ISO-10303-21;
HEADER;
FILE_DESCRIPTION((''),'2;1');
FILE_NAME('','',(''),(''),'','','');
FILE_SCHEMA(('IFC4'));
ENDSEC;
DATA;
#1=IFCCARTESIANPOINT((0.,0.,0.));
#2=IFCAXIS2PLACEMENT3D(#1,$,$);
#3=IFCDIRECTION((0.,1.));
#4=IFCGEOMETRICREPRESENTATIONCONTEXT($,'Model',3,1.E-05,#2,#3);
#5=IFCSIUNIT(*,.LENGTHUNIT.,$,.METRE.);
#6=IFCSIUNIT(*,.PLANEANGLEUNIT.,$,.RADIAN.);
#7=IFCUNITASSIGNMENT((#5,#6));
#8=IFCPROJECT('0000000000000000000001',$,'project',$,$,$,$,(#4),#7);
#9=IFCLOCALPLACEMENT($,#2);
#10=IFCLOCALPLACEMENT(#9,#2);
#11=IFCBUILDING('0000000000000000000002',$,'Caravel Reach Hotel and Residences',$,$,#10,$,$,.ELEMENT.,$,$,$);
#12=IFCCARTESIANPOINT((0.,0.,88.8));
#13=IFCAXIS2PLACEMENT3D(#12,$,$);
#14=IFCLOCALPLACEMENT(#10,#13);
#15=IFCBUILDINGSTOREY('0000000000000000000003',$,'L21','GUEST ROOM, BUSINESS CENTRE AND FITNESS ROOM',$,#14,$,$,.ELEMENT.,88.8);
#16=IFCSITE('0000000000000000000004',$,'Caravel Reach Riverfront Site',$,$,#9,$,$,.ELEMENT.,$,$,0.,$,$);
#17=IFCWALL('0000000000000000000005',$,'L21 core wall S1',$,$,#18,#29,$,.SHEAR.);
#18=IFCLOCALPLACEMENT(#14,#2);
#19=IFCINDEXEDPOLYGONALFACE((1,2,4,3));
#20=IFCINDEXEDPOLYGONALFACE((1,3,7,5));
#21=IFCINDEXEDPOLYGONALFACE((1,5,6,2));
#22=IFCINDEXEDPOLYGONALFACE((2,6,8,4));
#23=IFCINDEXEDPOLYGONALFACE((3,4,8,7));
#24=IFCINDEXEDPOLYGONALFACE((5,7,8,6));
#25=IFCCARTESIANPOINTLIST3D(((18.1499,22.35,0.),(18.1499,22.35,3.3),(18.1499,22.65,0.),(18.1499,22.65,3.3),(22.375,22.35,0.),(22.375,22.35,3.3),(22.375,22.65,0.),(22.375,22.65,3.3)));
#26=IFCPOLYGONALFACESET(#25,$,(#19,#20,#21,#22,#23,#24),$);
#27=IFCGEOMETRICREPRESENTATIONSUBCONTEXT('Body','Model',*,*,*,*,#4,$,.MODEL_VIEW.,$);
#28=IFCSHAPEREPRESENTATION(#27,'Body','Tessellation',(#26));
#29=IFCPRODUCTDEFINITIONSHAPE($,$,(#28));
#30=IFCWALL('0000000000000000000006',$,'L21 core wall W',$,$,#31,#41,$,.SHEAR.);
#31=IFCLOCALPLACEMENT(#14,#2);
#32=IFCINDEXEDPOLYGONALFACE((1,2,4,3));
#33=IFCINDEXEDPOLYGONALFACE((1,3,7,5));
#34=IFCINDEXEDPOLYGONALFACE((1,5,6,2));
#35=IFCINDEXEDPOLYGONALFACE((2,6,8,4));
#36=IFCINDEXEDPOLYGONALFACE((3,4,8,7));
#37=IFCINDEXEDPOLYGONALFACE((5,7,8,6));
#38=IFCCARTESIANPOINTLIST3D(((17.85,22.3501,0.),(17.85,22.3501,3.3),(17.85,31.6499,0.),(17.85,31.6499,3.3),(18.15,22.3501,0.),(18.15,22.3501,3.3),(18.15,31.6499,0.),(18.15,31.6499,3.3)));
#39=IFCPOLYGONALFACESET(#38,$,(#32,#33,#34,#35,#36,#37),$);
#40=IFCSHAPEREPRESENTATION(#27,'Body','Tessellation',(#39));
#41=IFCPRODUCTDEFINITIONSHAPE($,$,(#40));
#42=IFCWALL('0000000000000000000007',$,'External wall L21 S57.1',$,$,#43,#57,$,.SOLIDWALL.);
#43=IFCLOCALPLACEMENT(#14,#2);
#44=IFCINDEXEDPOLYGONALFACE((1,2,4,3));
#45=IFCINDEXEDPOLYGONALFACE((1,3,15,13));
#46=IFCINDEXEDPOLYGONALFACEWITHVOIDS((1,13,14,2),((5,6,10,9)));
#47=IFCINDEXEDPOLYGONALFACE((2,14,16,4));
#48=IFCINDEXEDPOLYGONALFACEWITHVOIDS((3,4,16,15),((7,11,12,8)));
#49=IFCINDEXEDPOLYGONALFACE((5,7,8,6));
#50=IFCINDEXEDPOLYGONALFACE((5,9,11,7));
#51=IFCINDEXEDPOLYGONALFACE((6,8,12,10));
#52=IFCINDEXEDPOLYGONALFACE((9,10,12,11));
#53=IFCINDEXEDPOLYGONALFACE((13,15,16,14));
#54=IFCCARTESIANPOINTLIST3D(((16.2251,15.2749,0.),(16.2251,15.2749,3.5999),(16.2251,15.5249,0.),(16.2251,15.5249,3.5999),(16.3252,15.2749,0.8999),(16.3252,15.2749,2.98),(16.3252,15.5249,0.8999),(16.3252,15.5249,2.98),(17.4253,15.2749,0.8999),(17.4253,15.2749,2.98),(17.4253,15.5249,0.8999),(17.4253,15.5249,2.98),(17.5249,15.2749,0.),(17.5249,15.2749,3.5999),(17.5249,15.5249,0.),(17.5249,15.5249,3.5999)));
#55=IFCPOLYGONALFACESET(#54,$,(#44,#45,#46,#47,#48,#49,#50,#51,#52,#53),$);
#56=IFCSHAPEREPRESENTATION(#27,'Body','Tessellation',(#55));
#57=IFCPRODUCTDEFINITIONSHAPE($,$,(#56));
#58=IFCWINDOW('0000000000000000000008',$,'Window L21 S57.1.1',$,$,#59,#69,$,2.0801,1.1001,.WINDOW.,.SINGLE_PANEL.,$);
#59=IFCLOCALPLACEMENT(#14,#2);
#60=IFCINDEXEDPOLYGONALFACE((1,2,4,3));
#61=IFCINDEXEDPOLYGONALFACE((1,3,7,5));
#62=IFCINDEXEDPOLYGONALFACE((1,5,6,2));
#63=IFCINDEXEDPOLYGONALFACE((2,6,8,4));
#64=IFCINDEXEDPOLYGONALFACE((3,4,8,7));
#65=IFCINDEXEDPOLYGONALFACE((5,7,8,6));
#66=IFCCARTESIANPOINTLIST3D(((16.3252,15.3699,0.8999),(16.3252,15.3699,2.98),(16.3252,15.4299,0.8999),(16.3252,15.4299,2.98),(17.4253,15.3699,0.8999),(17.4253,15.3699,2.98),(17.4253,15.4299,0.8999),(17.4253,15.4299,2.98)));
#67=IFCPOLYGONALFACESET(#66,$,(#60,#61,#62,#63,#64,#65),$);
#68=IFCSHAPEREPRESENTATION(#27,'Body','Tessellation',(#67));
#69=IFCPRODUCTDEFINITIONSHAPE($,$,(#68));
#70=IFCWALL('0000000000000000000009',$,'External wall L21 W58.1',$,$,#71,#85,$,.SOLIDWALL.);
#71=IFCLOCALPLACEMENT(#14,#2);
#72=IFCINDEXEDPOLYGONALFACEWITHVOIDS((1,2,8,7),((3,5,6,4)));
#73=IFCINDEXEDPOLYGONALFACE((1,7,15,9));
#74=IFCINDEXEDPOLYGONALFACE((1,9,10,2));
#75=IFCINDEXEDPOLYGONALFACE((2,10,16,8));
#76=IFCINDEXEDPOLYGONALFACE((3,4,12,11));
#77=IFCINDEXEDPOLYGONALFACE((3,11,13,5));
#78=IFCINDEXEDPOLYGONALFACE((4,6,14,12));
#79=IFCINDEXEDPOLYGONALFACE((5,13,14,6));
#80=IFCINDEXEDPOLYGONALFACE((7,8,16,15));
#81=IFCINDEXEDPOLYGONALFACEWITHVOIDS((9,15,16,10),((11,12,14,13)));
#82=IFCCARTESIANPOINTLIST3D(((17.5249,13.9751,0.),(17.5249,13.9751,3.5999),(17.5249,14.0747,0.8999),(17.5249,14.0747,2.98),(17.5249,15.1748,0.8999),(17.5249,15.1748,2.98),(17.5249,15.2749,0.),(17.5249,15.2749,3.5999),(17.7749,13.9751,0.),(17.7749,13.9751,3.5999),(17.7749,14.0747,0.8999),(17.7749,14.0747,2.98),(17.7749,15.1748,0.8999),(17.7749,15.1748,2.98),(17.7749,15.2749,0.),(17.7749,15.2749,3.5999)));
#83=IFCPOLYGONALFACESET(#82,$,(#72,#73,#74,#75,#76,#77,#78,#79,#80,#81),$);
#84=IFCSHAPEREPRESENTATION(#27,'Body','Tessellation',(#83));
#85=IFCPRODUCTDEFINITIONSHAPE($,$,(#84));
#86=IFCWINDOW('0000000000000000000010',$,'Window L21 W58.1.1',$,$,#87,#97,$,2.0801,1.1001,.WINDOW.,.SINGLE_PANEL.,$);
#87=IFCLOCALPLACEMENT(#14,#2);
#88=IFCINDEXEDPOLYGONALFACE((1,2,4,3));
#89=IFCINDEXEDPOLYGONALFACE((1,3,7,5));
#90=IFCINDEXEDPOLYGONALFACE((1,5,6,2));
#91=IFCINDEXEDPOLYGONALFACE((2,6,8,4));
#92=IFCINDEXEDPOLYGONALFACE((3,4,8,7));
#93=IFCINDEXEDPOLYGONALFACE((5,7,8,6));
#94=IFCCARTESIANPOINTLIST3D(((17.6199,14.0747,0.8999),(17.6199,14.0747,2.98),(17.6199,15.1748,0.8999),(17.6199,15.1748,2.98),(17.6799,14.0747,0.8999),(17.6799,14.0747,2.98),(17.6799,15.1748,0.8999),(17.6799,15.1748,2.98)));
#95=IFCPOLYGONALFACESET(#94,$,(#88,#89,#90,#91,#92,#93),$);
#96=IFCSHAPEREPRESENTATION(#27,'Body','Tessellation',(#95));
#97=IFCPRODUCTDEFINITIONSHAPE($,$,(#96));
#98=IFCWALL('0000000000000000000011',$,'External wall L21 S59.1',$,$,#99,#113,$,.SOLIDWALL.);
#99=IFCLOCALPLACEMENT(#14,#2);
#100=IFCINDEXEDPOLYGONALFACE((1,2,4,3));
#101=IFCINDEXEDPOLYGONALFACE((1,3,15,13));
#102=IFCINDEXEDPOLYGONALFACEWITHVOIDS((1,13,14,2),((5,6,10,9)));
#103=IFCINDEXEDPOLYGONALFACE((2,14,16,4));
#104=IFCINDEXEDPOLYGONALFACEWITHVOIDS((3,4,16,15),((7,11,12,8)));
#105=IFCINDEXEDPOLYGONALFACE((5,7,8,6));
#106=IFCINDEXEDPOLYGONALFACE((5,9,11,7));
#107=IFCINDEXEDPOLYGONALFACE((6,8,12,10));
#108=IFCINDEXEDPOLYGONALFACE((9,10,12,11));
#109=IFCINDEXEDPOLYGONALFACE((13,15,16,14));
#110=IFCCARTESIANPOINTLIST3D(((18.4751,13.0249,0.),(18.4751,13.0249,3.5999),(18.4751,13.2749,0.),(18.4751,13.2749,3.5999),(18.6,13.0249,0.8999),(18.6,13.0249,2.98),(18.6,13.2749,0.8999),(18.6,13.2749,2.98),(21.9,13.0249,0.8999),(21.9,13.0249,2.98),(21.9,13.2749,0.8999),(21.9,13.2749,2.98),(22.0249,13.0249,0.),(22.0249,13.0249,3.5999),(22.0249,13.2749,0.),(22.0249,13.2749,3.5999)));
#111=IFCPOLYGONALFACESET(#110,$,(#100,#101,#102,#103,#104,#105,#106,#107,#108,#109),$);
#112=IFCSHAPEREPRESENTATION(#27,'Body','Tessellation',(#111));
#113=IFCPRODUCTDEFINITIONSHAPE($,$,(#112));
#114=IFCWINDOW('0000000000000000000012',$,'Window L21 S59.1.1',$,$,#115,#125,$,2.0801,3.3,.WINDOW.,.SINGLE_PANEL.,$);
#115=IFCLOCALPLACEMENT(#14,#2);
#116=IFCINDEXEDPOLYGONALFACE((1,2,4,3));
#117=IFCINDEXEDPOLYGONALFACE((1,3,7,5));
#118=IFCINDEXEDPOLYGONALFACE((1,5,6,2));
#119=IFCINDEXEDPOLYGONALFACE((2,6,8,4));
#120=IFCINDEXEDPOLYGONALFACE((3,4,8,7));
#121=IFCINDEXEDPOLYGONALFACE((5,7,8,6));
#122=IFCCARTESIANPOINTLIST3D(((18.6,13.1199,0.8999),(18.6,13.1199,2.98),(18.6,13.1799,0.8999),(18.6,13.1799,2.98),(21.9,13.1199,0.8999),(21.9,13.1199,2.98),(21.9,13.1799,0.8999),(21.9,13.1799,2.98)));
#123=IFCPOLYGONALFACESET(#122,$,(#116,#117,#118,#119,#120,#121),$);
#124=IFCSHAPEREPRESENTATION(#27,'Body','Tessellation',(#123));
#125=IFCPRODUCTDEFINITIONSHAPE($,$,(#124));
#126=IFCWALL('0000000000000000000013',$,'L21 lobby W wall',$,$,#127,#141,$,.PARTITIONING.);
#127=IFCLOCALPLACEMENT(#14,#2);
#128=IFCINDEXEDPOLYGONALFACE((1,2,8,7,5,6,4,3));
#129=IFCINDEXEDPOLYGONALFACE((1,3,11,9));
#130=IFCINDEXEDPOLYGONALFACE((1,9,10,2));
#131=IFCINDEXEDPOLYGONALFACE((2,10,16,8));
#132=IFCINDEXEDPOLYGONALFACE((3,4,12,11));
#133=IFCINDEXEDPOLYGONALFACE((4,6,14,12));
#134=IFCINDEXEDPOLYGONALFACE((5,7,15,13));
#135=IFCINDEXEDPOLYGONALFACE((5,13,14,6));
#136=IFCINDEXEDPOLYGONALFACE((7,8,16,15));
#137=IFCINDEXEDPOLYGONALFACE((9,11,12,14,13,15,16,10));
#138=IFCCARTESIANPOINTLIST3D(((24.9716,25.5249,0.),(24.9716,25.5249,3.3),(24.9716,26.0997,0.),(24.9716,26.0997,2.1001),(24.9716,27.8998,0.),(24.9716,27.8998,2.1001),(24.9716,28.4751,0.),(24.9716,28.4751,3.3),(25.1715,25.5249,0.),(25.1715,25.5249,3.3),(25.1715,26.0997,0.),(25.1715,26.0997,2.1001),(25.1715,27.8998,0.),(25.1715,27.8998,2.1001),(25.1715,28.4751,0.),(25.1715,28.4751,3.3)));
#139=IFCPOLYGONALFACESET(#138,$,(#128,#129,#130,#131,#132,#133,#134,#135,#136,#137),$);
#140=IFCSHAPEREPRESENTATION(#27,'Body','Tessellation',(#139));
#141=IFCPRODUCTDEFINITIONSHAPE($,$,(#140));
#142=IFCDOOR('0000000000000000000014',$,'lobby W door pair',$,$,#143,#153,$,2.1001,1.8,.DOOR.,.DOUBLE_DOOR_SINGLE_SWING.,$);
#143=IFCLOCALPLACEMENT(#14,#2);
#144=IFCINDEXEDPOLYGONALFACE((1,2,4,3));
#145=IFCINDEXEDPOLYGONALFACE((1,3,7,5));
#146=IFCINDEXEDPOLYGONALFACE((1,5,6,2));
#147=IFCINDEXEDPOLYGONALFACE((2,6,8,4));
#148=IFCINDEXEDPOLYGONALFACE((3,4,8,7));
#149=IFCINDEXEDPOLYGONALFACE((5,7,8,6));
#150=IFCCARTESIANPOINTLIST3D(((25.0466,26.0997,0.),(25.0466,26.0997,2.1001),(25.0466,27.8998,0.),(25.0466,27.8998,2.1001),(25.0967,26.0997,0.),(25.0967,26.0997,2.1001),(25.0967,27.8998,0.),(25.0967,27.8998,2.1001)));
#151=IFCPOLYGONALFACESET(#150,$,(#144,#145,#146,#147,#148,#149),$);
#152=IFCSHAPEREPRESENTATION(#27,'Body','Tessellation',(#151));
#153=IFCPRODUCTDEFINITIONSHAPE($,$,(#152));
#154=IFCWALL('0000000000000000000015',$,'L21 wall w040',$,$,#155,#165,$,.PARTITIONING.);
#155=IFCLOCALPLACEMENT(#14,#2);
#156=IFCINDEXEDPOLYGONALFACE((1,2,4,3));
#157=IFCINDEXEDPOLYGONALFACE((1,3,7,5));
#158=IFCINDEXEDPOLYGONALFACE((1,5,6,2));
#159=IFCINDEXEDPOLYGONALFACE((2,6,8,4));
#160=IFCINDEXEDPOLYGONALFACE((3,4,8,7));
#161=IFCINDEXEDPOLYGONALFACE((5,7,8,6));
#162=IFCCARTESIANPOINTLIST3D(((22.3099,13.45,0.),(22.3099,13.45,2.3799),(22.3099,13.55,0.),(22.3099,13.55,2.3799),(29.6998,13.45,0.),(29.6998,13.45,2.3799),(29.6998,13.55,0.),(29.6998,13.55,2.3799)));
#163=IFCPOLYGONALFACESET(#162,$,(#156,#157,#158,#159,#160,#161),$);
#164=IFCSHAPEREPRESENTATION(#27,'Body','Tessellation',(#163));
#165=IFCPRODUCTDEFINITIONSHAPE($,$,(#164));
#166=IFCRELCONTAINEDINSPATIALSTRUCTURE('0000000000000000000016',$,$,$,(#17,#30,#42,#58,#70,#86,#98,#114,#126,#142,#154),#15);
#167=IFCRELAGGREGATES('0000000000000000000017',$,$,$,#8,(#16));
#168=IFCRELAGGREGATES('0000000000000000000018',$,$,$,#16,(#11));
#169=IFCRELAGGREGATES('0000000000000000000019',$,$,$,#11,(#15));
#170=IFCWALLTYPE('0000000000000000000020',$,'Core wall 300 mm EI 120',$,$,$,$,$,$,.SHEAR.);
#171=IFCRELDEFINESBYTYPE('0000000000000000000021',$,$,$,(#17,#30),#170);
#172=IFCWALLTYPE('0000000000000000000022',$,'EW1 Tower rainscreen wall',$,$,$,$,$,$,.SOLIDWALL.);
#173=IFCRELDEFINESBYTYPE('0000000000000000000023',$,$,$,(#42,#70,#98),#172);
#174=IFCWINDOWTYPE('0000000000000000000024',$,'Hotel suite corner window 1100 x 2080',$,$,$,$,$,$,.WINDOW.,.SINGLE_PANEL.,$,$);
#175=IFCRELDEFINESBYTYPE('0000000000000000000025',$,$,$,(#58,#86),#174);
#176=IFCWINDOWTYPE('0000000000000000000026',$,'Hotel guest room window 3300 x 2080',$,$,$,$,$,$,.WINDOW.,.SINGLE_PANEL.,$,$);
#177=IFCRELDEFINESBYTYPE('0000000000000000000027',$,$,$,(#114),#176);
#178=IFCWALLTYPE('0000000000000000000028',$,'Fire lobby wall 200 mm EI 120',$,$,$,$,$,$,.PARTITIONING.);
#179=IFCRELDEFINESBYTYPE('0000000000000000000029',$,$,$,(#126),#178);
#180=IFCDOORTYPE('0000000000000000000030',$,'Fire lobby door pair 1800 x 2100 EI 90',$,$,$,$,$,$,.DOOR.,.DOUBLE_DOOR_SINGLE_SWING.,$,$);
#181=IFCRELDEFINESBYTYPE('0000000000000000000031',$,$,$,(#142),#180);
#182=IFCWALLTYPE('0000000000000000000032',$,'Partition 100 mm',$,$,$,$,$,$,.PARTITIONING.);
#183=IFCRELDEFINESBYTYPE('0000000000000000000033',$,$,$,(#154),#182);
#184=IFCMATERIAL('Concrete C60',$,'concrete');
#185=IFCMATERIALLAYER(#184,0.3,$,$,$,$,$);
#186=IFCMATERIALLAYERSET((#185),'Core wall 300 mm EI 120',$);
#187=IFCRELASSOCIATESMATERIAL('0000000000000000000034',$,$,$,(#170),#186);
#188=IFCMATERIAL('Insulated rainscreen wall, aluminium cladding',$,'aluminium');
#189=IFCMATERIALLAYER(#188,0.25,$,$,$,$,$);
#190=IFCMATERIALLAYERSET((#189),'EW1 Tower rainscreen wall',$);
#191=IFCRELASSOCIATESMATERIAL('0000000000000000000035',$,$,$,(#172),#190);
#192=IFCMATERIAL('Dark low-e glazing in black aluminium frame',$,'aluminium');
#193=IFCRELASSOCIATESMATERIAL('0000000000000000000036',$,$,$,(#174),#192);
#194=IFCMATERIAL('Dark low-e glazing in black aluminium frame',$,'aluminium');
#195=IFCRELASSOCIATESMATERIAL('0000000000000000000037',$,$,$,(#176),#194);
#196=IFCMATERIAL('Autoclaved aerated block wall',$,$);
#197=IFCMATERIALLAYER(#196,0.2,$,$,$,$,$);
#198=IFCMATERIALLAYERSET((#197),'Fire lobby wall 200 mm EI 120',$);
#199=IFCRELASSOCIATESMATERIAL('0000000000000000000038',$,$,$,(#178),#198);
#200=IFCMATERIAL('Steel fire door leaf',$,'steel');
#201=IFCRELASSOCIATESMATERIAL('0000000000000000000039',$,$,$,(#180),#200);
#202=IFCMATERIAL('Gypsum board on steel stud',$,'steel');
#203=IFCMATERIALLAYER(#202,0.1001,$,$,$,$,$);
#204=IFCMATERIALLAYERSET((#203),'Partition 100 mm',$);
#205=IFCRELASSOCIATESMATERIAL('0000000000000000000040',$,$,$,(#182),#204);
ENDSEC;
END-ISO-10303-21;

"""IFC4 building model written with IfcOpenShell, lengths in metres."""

from ifc_helpers import new_model, si_unit, direction, frame, frame_2d, origin, place, context, subcontext, project, spatial, rectangle, extrude, material, layer, layer_set, type_object, element, fill, save


model = new_model("IFC4")

# Units and contexts
model_context = context("Model", 3, precision=1e-05, world=origin(), true_north=direction((0.0, 1.0)))
body_context = subcontext(model_context, "Body", "Model", "MODEL_VIEW")
ifc_project = project(units=[si_unit("LENGTHUNIT", "METRE"), si_unit("PLANEANGLEUNIT", "RADIAN")], contexts=[model_context])

# Site, building, storey
site_placement = place(None, origin())
site = spatial("IfcSite", under=ifc_project, at=site_placement, Name="Caravel Reach Riverfront Site", CompositionType="ELEMENT", RefElevation=0.0)
building_placement = place(site_placement, origin())
building = spatial("IfcBuilding", under=site, at=building_placement, Name="Caravel Reach Hotel and Residences", CompositionType="ELEMENT")
storey_placement = place(building_placement, frame((0.0, 0.0, 88.8)))
storey = spatial("IfcBuildingStorey", under=building, at=storey_placement, Name="L21", Description="GUEST ROOM, BUSINESS CENTRE AND FITNESS ROOM", CompositionType="ELEMENT", Elevation=88.8)

# Walls
ifc_material_1 = material(Name="Concrete C60", Category="concrete")
ifc_layer_1 = layer(ifc_material_1, 0.3)
ifc_layer_set_1 = layer_set([ifc_layer_1], Name="Core wall 300 mm EI 120")
wall_type_1 = type_object("IfcWallType", Name="Core wall 300 mm EI 120", PredefinedType="SHEAR", material=ifc_layer_set_1)
wall_1_placement = place(storey_placement, frame((18.1499, 22.5, 0.0), z_axis=(0.0, 0.0, 1.0), x_axis=(1.0, 0.0, 0.0)))
element("IfcWall", 1, at=wall_1_placement, inside=storey, type_object=wall_type_1, Name="L21 core wall S1", PredefinedType="SHEAR", context=body_context, shape_type="SweptSolid", body=[
    extrude(rectangle(XDim=4.2251, YDim=0.3, at=frame_2d((2.1125, 0.0))), origin(), (0.0, 0.0, 1.0), 3.3),
])
wall_2_placement = place(storey_placement, frame((18.0, 22.3501, 0.0), z_axis=(0.0, 0.0, 1.0), x_axis=(0.0, 1.0, 0.0)))
element("IfcWall", 2, at=wall_2_placement, inside=storey, type_object=wall_type_1, Name="L21 core wall W", PredefinedType="SHEAR", context=body_context, shape_type="SweptSolid", body=[
    extrude(rectangle(XDim=9.2998, YDim=0.3, at=frame_2d((4.6499, 0.0))), origin(), (0.0, 0.0, 1.0), 3.3),
])

# Walls, openings, windows
ifc_material_2 = material(Name="Insulated rainscreen wall, aluminium cladding", Category="aluminium")
ifc_layer_2 = layer(ifc_material_2, 0.25)
ifc_layer_set_2 = layer_set([ifc_layer_2], Name="EW1 Tower rainscreen wall")
wall_type_2 = type_object("IfcWallType", Name="EW1 Tower rainscreen wall", PredefinedType="SOLIDWALL", material=ifc_layer_set_2)
wall_3_placement = place(storey_placement, frame((16.2251, 15.3999, 0.0), z_axis=(0.0, 0.0, 1.0), x_axis=(1.0, 0.0, 0.0)))
wall_3 = element("IfcWall", 3, at=wall_3_placement, inside=storey, type_object=wall_type_2, Name="External wall L21 S57.1", PredefinedType="SOLIDWALL", context=body_context, shape_type="SweptSolid", body=[
    extrude(rectangle(XDim=1.2998, YDim=0.25, at=frame_2d((0.6499, 0.0))), origin(), (0.0, 0.0, 1.0), 3.5999),
])
opening_1_placement = place(wall_3_placement, frame((0.1001, 0.0, 0.8999)))
opening_1 = element("IfcOpeningElement", 4, at=opening_1_placement, cuts=wall_3, PredefinedType="OPENING", context=body_context, shape_type="SweptSolid", body=[
    extrude(rectangle(XDim=1.1001, YDim=2.0801, at=frame_2d((0.55, 1.04))), frame((0.0, 0.135, 0.0), z_axis=(0.0, -1.0, 0.0), x_axis=(1.0, 0.0, 0.0)), (0.0, 0.0, 1.0), 0.27),
])
ifc_material_3 = material(Name="Dark low-e glazing in black aluminium frame", Category="aluminium")
window_type_1 = type_object("IfcWindowType", Name="Hotel suite corner window 1100 x 2080", PartitioningType="SINGLE_PANEL", PredefinedType="WINDOW", material=ifc_material_3)
window_1_placement = place(opening_1_placement, origin())
window_1 = element("IfcWindow", 5, at=window_1_placement, inside=storey, type_object=window_type_1, Name="Window L21 S57.1.1", OverallHeight=2.0801, OverallWidth=1.1001, PartitioningType="SINGLE_PANEL", PredefinedType="WINDOW", context=body_context, shape_type="SweptSolid", body=[
    extrude(rectangle(XDim=1.1001, YDim=2.0801, at=frame_2d((0.55, 1.04))), frame((0.0, 0.03, 0.0), z_axis=(0.0, -1.0, 0.0), x_axis=(1.0, 0.0, 0.0)), (0.0, 0.0, 1.0), 0.0601),
])
fill(opening_1, window_1)
wall_4_placement = place(storey_placement, frame((17.6499, 15.2749, 0.0), z_axis=(0.0, 0.0, 1.0), x_axis=(0.0, -1.0, 0.0)))
wall_4 = element("IfcWall", 6, at=wall_4_placement, inside=storey, type_object=wall_type_2, Name="External wall L21 W58.1", PredefinedType="SOLIDWALL", context=body_context, shape_type="SweptSolid", body=[
    extrude(rectangle(XDim=1.2998, YDim=0.25, at=frame_2d((0.6499, 0.0))), origin(), (0.0, 0.0, 1.0), 3.5999),
])
opening_2_placement = place(wall_4_placement, frame((0.1001, 0.0, 0.8999)))
opening_2 = element("IfcOpeningElement", 7, at=opening_2_placement, cuts=wall_4, PredefinedType="OPENING", context=body_context, shape_type="SweptSolid", body=[
    extrude(rectangle(XDim=1.1001, YDim=2.0801, at=frame_2d((0.55, 1.04))), frame((0.0, 0.135, 0.0), z_axis=(0.0, -1.0, 0.0), x_axis=(1.0, 0.0, 0.0)), (0.0, 0.0, 1.0), 0.27),
])
window_2_placement = place(opening_2_placement, origin())
window_2 = element("IfcWindow", 8, at=window_2_placement, inside=storey, type_object=window_type_1, Name="Window L21 W58.1.1", OverallHeight=2.0801, OverallWidth=1.1001, PartitioningType="SINGLE_PANEL", PredefinedType="WINDOW", context=body_context, shape_type="SweptSolid", body=[
    extrude(rectangle(XDim=1.1001, YDim=2.0801, at=frame_2d((0.55, 1.04))), frame((0.0, 0.03, 0.0), z_axis=(0.0, -1.0, 0.0), x_axis=(1.0, 0.0, 0.0)), (0.0, 0.0, 1.0), 0.0601),
])
fill(opening_2, window_2)
wall_5_placement = place(storey_placement, frame((18.4751, 13.1499, 0.0), z_axis=(0.0, 0.0, 1.0), x_axis=(1.0, 0.0, 0.0)))
wall_5 = element("IfcWall", 9, at=wall_5_placement, inside=storey, type_object=wall_type_2, Name="External wall L21 S59.1", PredefinedType="SOLIDWALL", context=body_context, shape_type="SweptSolid", body=[
    extrude(rectangle(XDim=3.5498, YDim=0.25, at=frame_2d((1.7749, 0.0))), origin(), (0.0, 0.0, 1.0), 3.5999),
])
opening_3_placement = place(wall_5_placement, frame((0.125, 0.0, 0.8999)))
opening_3 = element("IfcOpeningElement", 10, at=opening_3_placement, cuts=wall_5, PredefinedType="OPENING", context=body_context, shape_type="SweptSolid", body=[
    extrude(rectangle(XDim=3.3, YDim=2.0801, at=frame_2d((1.6499, 1.04))), frame((0.0, 0.135, 0.0), z_axis=(0.0, -1.0, 0.0), x_axis=(1.0, 0.0, 0.0)), (0.0, 0.0, 1.0), 0.27),
])
ifc_material_4 = material(Name="Dark low-e glazing in black aluminium frame", Category="aluminium")
window_type_2 = type_object("IfcWindowType", Name="Hotel guest room window 3300 x 2080", PartitioningType="SINGLE_PANEL", PredefinedType="WINDOW", material=ifc_material_4)
window_3_placement = place(opening_3_placement, origin())
window_3 = element("IfcWindow", 11, at=window_3_placement, inside=storey, type_object=window_type_2, Name="Window L21 S59.1.1", OverallHeight=2.0801, OverallWidth=3.3, PartitioningType="SINGLE_PANEL", PredefinedType="WINDOW", context=body_context, shape_type="SweptSolid", body=[
    extrude(rectangle(XDim=3.3, YDim=2.0801, at=frame_2d((1.6499, 1.04))), frame((0.0, 0.03, 0.0), z_axis=(0.0, -1.0, 0.0), x_axis=(1.0, 0.0, 0.0)), (0.0, 0.0, 1.0), 0.0601),
])
fill(opening_3, window_3)

# Wall, opening, door
ifc_material_5 = material(Name="Autoclaved aerated block wall")
ifc_layer_3 = layer(ifc_material_5, 0.2)
ifc_layer_set_3 = layer_set([ifc_layer_3], Name="Fire lobby wall 200 mm EI 120")
wall_type_3 = type_object("IfcWallType", Name="Fire lobby wall 200 mm EI 120", PredefinedType="PARTITIONING", material=ifc_layer_set_3)
wall_6_placement = place(storey_placement, frame((25.0715, 25.5249, 0.0), z_axis=(0.0, 0.0, 1.0), x_axis=(0.0, 1.0, 0.0)))
wall_6 = element("IfcWall", 12, at=wall_6_placement, inside=storey, type_object=wall_type_3, Name="L21 lobby W wall", PredefinedType="PARTITIONING", context=body_context, shape_type="SweptSolid", body=[
    extrude(rectangle(XDim=2.9502, YDim=0.2, at=frame_2d((1.4751, 0.0))), origin(), (0.0, 0.0, 1.0), 3.3),
])
opening_4_placement = place(wall_6_placement, frame((0.575, 0.0, 0.0)))
opening_4 = element("IfcOpeningElement", 13, at=opening_4_placement, cuts=wall_6, PredefinedType="OPENING", context=body_context, shape_type="SweptSolid", body=[
    extrude(rectangle(XDim=1.8, YDim=2.1001, at=frame_2d((0.8999, 1.05))), frame((0.0, 0.1099, 0.0), z_axis=(0.0, -1.0, 0.0), x_axis=(1.0, 0.0, 0.0)), (0.0, 0.0, 1.0), 0.22),
])
ifc_material_6 = material(Name="Steel fire door leaf", Category="steel")
door_type_1 = type_object("IfcDoorType", Name="Fire lobby door pair 1800 x 2100 EI 90", OperationType="DOUBLE_DOOR_SINGLE_SWING", PredefinedType="DOOR", material=ifc_material_6)
door_1_placement = place(opening_4_placement, origin())
door_1 = element("IfcDoor", 14, at=door_1_placement, inside=storey, type_object=door_type_1, Name="lobby W door pair", OperationType="DOUBLE_DOOR_SINGLE_SWING", OverallHeight=2.1001, OverallWidth=1.8, PredefinedType="DOOR", context=body_context, shape_type="SweptSolid", body=[
    extrude(rectangle(XDim=1.8, YDim=2.1001, at=frame_2d((0.8999, 1.05))), frame((0.0, 0.0249, 0.0), z_axis=(0.0, -1.0, 0.0), x_axis=(1.0, 0.0, 0.0)), (0.0, 0.0, 1.0), 0.05),
])
fill(opening_4, door_1)

# Wall
ifc_material_7 = material(Name="Gypsum board on steel stud", Category="steel")
ifc_layer_4 = layer(ifc_material_7, 0.1001)
ifc_layer_set_4 = layer_set([ifc_layer_4], Name="Partition 100 mm")
wall_type_4 = type_object("IfcWallType", Name="Partition 100 mm", PredefinedType="PARTITIONING", material=ifc_layer_set_4)
wall_7_placement = place(storey_placement, frame((22.3101, 13.5, 0.0), z_axis=(0.0, 0.0, 1.0), x_axis=(1.0, 0.0, 0.0)))
element("IfcWall", 15, at=wall_7_placement, inside=storey, type_object=wall_type_4, Name="L21 wall w040", PredefinedType="PARTITIONING", context=body_context, shape_type="SweptSolid", body=[
    extrude(rectangle(XDim=7.3899, YDim=0.1001, at=frame_2d((3.6948, 0.0))), origin(), (0.0, 0.0, 1.0), 2.3799),
])

save(model, "model.ifc")
